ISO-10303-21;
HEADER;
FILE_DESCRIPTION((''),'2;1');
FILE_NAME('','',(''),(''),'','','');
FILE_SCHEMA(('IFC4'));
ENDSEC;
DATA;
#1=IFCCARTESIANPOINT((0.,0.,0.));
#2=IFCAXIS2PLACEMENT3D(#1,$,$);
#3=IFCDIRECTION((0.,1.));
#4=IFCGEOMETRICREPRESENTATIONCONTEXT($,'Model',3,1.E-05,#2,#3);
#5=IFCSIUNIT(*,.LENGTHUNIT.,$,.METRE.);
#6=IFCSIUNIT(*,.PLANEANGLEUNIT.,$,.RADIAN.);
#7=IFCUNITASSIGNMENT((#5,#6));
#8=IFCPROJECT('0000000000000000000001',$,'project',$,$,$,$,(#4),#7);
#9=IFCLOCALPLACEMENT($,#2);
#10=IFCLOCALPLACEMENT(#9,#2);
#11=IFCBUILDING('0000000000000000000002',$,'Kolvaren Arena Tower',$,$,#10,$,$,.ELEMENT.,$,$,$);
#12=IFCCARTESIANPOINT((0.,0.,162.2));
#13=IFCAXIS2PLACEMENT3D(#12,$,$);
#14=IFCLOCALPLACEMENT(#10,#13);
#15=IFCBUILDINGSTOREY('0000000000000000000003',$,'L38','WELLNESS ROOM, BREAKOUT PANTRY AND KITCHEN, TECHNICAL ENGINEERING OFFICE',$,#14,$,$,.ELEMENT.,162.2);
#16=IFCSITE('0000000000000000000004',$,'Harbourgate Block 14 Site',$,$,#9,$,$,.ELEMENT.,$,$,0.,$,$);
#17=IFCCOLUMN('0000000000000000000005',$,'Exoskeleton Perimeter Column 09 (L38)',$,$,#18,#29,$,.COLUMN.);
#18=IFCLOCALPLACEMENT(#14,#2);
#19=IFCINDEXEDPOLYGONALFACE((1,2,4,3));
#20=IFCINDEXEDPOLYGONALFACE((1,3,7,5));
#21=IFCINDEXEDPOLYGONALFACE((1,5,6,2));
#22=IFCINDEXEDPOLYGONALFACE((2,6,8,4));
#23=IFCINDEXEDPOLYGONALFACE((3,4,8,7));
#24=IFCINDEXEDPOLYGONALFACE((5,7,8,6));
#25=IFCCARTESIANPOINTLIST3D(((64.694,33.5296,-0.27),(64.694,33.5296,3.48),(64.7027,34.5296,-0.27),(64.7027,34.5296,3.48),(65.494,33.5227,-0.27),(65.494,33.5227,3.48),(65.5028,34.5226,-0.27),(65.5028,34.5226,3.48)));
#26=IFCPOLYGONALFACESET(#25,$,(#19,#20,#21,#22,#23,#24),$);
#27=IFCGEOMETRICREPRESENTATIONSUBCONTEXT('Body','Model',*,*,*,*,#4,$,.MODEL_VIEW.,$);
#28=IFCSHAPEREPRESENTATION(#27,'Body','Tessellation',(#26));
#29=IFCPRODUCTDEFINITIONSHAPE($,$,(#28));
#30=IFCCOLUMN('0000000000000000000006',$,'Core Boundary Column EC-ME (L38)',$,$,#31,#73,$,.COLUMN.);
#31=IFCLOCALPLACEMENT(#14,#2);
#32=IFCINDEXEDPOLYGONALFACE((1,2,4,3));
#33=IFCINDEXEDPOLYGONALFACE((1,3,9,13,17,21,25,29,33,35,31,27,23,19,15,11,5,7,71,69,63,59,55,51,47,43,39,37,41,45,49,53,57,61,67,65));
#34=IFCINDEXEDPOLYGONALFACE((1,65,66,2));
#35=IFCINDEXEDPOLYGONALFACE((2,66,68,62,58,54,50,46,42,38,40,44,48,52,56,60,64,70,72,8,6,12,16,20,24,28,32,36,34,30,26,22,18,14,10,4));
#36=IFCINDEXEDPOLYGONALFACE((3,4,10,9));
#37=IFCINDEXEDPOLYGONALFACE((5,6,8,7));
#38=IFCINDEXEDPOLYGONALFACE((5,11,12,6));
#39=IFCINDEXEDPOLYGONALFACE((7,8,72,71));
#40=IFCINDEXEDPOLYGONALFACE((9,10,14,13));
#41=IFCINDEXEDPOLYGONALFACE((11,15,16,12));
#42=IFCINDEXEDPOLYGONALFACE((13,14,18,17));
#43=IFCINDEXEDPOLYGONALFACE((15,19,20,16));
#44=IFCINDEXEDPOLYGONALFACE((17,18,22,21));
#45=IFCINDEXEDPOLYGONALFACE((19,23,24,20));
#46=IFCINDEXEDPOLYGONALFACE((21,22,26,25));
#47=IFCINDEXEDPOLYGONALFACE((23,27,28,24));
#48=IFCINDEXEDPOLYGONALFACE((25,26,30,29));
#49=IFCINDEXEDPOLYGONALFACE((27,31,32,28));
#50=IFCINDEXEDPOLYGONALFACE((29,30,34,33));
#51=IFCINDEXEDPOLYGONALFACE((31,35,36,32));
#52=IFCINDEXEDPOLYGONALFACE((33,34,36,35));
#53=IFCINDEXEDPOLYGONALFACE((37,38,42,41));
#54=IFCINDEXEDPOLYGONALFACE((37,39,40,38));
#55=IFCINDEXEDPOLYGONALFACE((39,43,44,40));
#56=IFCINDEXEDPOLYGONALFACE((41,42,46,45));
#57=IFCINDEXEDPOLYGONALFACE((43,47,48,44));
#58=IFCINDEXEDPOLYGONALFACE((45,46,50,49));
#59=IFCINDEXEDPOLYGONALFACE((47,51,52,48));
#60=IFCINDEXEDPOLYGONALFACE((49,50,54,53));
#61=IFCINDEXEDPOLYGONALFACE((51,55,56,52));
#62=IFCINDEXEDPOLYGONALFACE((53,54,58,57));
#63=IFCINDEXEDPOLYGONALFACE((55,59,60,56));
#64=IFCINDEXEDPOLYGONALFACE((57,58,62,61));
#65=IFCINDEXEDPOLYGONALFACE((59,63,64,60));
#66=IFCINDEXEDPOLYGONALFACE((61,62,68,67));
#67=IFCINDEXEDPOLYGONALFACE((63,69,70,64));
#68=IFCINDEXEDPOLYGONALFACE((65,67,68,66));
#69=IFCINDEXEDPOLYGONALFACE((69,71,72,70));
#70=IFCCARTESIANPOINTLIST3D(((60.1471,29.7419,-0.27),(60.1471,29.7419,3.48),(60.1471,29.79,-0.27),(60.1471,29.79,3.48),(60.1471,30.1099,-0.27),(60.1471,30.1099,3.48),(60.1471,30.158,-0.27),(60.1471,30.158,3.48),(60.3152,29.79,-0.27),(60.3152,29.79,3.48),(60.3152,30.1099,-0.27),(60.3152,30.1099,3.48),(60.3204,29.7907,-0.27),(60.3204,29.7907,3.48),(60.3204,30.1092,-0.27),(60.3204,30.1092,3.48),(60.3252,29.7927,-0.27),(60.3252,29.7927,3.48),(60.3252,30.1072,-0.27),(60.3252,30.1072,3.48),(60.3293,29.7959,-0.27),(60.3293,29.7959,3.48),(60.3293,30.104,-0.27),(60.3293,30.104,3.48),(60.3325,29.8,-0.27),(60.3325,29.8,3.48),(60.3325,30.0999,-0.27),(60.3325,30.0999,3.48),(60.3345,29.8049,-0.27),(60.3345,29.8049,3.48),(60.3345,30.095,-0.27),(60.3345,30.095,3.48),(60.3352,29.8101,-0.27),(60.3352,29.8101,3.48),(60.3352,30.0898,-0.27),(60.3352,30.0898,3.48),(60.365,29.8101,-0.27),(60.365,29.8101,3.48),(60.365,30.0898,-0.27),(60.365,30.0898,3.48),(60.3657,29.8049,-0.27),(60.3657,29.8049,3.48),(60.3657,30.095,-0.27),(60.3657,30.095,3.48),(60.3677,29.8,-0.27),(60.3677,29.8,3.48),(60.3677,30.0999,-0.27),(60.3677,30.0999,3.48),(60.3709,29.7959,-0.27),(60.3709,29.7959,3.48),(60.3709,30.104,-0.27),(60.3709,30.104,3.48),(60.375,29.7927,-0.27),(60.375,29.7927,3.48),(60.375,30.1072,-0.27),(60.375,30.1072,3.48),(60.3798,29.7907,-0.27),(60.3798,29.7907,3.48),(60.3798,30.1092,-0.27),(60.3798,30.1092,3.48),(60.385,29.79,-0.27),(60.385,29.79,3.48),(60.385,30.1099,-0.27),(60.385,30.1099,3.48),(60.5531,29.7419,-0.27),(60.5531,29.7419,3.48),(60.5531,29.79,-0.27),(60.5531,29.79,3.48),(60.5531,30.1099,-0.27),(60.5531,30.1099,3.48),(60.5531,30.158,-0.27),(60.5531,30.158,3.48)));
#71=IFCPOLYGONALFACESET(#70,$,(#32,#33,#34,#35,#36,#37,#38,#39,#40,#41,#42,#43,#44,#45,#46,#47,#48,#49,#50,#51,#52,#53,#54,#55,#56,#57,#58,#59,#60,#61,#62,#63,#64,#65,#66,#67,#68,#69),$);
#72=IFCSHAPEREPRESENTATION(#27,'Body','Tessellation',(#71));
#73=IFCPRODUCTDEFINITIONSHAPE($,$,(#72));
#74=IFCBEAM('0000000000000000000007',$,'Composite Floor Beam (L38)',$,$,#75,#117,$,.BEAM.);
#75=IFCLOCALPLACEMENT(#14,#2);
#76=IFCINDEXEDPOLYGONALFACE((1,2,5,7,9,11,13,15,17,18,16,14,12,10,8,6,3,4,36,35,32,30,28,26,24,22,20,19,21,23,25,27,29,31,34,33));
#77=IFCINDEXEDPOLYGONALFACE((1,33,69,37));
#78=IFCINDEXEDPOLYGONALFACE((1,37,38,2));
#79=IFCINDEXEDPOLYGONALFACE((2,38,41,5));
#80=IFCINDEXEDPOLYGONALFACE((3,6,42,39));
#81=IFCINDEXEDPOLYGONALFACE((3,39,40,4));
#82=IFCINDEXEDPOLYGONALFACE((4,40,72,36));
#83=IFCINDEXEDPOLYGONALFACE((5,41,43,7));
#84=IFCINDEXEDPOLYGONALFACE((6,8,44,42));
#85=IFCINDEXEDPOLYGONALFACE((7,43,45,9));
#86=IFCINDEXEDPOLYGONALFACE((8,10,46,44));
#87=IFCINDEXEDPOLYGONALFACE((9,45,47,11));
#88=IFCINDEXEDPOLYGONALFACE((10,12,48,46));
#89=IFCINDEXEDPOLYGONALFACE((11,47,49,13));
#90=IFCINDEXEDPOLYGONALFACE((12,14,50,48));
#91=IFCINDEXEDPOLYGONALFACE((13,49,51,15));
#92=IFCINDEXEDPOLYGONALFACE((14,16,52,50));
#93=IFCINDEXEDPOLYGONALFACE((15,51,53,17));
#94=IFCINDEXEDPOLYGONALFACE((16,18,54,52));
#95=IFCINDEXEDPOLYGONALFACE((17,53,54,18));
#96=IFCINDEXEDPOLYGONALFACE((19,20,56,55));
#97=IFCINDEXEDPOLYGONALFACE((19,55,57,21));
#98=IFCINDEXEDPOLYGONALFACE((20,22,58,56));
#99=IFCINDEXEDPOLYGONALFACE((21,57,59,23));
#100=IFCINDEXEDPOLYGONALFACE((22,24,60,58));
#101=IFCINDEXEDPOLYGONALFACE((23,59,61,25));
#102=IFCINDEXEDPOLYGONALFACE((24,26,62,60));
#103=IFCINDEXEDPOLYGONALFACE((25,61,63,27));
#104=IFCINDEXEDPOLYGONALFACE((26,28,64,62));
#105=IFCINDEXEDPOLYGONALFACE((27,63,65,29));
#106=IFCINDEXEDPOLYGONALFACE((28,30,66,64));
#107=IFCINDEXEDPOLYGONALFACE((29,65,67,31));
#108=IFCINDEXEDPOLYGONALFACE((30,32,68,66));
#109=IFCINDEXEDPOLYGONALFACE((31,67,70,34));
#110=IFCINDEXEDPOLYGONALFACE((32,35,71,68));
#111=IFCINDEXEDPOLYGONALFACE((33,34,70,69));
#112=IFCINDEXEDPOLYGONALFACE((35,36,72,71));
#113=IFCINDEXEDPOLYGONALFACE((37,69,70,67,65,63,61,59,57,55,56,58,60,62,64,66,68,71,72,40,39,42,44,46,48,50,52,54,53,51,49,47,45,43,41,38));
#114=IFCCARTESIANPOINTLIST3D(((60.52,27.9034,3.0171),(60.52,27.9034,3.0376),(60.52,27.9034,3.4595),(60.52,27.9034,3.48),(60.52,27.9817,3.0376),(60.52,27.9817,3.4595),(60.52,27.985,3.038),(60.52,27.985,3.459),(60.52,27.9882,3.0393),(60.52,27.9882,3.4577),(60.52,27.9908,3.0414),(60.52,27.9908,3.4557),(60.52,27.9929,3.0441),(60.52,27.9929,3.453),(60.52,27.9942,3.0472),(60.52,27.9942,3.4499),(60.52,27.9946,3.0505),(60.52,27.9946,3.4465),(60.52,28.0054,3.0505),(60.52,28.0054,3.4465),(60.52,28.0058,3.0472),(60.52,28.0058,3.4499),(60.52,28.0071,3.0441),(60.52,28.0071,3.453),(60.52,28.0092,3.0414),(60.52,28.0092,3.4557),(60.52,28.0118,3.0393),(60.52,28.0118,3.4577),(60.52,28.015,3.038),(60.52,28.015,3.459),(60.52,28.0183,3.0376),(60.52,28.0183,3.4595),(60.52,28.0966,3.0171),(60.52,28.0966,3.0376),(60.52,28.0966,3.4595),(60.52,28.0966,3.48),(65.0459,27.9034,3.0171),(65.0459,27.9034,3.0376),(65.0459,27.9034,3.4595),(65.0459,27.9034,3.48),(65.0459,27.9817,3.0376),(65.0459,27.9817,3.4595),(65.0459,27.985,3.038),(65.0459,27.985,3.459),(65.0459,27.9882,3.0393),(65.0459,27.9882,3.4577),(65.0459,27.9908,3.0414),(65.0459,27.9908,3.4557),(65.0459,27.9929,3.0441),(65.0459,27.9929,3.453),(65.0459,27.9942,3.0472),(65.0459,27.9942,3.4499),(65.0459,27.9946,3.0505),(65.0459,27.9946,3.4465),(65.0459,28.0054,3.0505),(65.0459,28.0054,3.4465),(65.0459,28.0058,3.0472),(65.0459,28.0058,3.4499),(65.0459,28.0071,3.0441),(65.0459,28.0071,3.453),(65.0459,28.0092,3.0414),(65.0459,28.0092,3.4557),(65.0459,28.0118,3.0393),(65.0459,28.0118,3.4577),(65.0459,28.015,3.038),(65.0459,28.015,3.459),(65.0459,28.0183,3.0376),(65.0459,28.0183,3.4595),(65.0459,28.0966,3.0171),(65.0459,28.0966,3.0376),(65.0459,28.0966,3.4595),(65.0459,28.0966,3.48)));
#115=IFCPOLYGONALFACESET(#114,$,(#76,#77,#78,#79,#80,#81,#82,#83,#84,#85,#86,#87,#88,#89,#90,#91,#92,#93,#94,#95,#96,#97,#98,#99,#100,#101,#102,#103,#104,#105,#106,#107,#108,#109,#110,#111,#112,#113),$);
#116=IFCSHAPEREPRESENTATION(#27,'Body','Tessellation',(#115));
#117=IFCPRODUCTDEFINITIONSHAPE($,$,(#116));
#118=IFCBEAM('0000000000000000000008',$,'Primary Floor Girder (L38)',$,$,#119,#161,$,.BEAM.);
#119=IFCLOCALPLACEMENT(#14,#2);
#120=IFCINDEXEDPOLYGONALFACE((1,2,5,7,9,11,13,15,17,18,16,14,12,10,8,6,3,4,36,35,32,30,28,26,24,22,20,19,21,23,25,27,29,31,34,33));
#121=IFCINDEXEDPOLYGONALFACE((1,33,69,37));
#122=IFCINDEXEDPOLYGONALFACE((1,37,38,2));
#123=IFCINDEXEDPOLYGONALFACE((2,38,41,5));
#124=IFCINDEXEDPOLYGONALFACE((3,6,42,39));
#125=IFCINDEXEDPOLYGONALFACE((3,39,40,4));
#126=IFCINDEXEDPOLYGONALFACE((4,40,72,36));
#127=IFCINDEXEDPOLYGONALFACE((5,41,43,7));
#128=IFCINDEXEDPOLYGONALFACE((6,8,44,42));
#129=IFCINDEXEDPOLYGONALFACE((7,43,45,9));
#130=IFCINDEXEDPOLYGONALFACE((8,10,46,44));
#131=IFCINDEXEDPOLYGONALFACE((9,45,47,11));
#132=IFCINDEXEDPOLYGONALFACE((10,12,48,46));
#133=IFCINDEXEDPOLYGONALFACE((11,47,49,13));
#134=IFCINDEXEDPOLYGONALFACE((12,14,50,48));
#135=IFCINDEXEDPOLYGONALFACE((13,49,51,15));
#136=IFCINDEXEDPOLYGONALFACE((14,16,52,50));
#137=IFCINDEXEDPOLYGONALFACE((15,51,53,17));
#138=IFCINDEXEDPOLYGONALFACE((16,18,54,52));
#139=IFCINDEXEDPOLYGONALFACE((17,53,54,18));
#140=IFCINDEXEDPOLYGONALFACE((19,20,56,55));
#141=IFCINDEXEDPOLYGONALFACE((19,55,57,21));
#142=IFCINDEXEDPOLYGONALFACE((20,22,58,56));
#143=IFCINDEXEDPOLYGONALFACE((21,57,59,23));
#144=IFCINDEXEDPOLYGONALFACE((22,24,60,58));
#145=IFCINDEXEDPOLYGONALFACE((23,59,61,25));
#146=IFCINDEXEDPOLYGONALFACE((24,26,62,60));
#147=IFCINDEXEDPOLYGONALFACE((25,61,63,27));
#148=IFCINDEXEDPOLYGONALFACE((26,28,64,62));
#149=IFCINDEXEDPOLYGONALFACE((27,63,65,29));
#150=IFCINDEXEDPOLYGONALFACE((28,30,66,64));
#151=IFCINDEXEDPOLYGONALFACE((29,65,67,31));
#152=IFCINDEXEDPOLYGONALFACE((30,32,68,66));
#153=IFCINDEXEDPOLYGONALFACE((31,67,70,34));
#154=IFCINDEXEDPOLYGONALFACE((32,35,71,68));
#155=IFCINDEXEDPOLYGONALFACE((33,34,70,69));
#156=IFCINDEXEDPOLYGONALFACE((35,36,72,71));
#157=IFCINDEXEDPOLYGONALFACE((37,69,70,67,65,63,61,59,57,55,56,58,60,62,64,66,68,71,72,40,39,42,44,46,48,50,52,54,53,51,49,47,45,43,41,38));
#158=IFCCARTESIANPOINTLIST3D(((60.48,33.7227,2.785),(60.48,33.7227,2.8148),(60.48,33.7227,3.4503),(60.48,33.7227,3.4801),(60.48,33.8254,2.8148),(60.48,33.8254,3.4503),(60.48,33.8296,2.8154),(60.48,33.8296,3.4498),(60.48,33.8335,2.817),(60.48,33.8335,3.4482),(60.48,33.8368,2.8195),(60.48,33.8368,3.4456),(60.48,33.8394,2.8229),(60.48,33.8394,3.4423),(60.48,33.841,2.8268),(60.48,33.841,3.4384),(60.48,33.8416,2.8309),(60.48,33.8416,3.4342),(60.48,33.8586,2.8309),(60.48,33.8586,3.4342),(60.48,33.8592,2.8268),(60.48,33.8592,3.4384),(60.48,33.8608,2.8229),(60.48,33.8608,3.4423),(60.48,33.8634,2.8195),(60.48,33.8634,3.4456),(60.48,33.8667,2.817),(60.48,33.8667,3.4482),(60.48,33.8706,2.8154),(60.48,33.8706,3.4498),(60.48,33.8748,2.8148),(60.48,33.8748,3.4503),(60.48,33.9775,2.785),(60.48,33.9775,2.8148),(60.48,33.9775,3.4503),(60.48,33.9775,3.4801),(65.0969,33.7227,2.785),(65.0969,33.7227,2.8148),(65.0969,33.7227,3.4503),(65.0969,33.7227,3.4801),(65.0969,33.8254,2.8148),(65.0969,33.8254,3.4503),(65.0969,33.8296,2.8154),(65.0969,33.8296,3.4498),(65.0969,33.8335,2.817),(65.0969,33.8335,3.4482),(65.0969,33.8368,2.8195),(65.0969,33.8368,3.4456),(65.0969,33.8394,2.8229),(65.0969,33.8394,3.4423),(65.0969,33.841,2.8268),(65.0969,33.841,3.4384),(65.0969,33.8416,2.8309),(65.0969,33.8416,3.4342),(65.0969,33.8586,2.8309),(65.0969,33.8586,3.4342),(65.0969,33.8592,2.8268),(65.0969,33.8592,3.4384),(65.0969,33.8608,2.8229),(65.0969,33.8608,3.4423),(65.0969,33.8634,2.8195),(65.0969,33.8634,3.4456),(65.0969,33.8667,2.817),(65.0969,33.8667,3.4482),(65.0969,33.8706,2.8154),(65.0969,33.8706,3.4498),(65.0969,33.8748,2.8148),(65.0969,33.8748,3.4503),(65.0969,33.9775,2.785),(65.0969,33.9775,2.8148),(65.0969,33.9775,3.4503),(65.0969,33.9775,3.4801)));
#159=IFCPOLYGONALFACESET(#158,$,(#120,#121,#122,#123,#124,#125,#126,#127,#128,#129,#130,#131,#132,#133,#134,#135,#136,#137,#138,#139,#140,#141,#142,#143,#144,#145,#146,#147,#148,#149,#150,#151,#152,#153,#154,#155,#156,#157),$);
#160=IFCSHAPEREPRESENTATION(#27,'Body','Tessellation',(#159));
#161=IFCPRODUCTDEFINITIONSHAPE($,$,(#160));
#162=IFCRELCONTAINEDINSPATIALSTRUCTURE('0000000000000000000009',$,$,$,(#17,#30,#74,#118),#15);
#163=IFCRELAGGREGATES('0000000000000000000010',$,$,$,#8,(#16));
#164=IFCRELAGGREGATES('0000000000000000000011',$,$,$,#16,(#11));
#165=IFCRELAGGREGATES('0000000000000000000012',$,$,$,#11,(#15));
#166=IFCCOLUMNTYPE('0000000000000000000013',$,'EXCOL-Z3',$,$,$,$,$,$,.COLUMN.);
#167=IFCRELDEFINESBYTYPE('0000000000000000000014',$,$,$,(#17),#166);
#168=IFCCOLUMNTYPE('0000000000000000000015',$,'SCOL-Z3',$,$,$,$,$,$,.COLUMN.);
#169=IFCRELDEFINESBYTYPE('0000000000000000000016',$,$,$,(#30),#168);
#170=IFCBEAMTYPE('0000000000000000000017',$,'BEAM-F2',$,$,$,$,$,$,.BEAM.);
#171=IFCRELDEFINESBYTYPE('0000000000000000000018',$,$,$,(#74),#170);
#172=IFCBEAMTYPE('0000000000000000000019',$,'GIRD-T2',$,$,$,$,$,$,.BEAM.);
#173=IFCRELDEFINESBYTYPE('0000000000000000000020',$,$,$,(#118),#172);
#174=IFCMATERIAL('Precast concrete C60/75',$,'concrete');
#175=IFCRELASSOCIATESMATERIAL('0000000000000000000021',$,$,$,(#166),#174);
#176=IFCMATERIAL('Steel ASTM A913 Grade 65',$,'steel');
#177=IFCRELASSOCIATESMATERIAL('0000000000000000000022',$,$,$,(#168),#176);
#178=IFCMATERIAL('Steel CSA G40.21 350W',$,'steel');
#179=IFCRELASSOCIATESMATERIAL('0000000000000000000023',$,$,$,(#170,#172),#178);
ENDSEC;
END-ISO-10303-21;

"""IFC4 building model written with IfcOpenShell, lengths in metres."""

from ifc_helpers import new_model, si_unit, direction, frame, origin, origin_2d, place, context, subcontext, project, spatial, rectangle, i_section, extrude, material, material_profile, profile_set, type_object, element, save


model = new_model("IFC4")

# Units and contexts
model_context = context("Model", 3, precision=1e-05, world=origin(), true_north=direction((0.0, 1.0)))
body_context = subcontext(model_context, "Body", "Model", "MODEL_VIEW")
ifc_project = project(units=[si_unit("LENGTHUNIT", "METRE"), si_unit("PLANEANGLEUNIT", "RADIAN")], contexts=[model_context])

# Site, building, storey
site_placement = place(None, origin())
site = spatial("IfcSite", under=ifc_project, at=site_placement, Name="Harbourgate Block 14 Site", CompositionType="ELEMENT", RefElevation=0.0)
building_placement = place(site_placement, origin())
building = spatial("IfcBuilding", under=site, at=building_placement, Name="Kolvaren Arena Tower", CompositionType="ELEMENT")
storey_placement = place(building_placement, frame((0.0, 0.0, 162.2)))
storey = spatial("IfcBuildingStorey", under=building, at=storey_placement, Name="L38", Description="WELLNESS ROOM, BREAKOUT PANTRY AND KITCHEN, TECHNICAL ENGINEERING OFFICE", CompositionType="ELEMENT", Elevation=162.2)

# Columns
ifc_material_1 = material(Name="Precast concrete C60/75", Category="concrete")
ifc_material_profile_1 = material_profile(ifc_material_1, rectangle(XDim=1.0, YDim=0.8, at=origin_2d()), Name="RC-1000x800")
ifc_profile_set_1 = profile_set([ifc_material_profile_1], Name="Precast concrete C60/75")
column_type_1 = type_object("IfcColumnType", Name="EXCOL-Z3", PredefinedType="COLUMN", material=ifc_profile_set_1)
column_1_placement = place(storey_placement, frame((65.0984, 34.0261, -0.27), z_axis=(0.0, 0.0, 1.0), x_axis=(0.008727, 0.999962, 0.0)))
element("IfcColumn", 1, at=column_1_placement, inside=storey, type_object=column_type_1, Name="Exoskeleton Perimeter Column 09 (L38)", PredefinedType="COLUMN", context=body_context, shape_type="SweptSolid", body=[
    extrude(rectangle(XDim=1.0, YDim=0.8, at=origin_2d()), origin(), (0.0, 0.0, 1.0), 3.75),
])
ifc_material_2 = material(Name="Steel ASTM A913 Grade 65", Category="steel")
ifc_material_profile_2 = material_profile(ifc_material_2, i_section(OverallWidth=0.406, OverallDepth=0.416, WebThickness=0.0298, FlangeThickness=0.0481, FilletRadius=0.02, at=origin_2d()), Name="W360x382")
ifc_profile_set_2 = profile_set([ifc_material_profile_2], Name="Steel ASTM A913 Grade 65")
column_type_2 = type_object("IfcColumnType", Name="SCOL-Z3", PredefinedType="COLUMN", material=ifc_profile_set_2)
column_2_placement = place(storey_placement, frame((60.3501, 29.95, -0.27), z_axis=(0.0, 0.0, 1.0), x_axis=(1.0, 0.0, 0.0)))
element("IfcColumn", 2, at=column_2_placement, inside=storey, type_object=column_type_2, Name="Core Boundary Column EC-ME (L38)", PredefinedType="COLUMN", context=body_context, shape_type="SweptSolid", body=[
    extrude(i_section(OverallWidth=0.406, OverallDepth=0.416, WebThickness=0.0298, FlangeThickness=0.0481, FilletRadius=0.02, at=origin_2d()), origin(), (0.0, 0.0, 1.0), 3.75),
])

# Beams
ifc_material_3 = material(Name="Steel CSA G40.21 350W", Category="steel")
ifc_material_profile_3 = material_profile(ifc_material_3, i_section(OverallWidth=0.1931, OverallDepth=0.4629, WebThickness=0.0107, FlangeThickness=0.0205, FilletRadius=0.0129, at=origin_2d()), Name="W460x113")
ifc_profile_set_3 = profile_set([ifc_material_profile_3], Name="Steel CSA G40.21 350W")
beam_type_1 = type_object("IfcBeamType", Name="BEAM-F2", PredefinedType="BEAM", material=ifc_profile_set_3)
beam_1_placement = place(storey_placement, frame((60.52, 28.0, 3.2485), z_axis=(1.0, 0.0, 0.0), x_axis=(0.0, 1.0, 0.0)))
element("IfcBeam", 3, at=beam_1_placement, inside=storey, type_object=beam_type_1, Name="Composite Floor Beam (L38)", PredefinedType="BEAM", context=body_context, shape_type="SweptSolid", body=[
    extrude(i_section(OverallWidth=0.1931, OverallDepth=0.4629, WebThickness=0.0107, FlangeThickness=0.0205, FilletRadius=0.0129, at=origin_2d()), origin(), (0.0, 0.0, 1.0), 4.5259),
])
ifc_material_profile_4 = material_profile(ifc_material_3, i_section(OverallWidth=0.2549, OverallDepth=0.6951, WebThickness=0.0171, FlangeThickness=0.0298, FilletRadius=0.0161, at=origin_2d()), Name="W690x217")
ifc_profile_set_4 = profile_set([ifc_material_profile_4], Name="Steel CSA G40.21 350W")
beam_type_2 = type_object("IfcBeamType", Name="GIRD-T2", PredefinedType="BEAM", material=ifc_profile_set_4)
beam_2_placement = place(storey_placement, frame((60.48, 33.8501, 3.1326), z_axis=(1.0, 0.0, 0.0), x_axis=(0.0, 1.0, 0.0)))
element("IfcBeam", 4, at=beam_2_placement, inside=storey, type_object=beam_type_2, Name="Primary Floor Girder (L38)", PredefinedType="BEAM", context=body_context, shape_type="SweptSolid", body=[
    extrude(i_section(OverallWidth=0.2549, OverallDepth=0.6951, WebThickness=0.0171, FlangeThickness=0.0298, FilletRadius=0.0161, at=origin_2d()), origin(), (0.0, 0.0, 1.0), 4.6169),
])

save(model, "model.ifc")
